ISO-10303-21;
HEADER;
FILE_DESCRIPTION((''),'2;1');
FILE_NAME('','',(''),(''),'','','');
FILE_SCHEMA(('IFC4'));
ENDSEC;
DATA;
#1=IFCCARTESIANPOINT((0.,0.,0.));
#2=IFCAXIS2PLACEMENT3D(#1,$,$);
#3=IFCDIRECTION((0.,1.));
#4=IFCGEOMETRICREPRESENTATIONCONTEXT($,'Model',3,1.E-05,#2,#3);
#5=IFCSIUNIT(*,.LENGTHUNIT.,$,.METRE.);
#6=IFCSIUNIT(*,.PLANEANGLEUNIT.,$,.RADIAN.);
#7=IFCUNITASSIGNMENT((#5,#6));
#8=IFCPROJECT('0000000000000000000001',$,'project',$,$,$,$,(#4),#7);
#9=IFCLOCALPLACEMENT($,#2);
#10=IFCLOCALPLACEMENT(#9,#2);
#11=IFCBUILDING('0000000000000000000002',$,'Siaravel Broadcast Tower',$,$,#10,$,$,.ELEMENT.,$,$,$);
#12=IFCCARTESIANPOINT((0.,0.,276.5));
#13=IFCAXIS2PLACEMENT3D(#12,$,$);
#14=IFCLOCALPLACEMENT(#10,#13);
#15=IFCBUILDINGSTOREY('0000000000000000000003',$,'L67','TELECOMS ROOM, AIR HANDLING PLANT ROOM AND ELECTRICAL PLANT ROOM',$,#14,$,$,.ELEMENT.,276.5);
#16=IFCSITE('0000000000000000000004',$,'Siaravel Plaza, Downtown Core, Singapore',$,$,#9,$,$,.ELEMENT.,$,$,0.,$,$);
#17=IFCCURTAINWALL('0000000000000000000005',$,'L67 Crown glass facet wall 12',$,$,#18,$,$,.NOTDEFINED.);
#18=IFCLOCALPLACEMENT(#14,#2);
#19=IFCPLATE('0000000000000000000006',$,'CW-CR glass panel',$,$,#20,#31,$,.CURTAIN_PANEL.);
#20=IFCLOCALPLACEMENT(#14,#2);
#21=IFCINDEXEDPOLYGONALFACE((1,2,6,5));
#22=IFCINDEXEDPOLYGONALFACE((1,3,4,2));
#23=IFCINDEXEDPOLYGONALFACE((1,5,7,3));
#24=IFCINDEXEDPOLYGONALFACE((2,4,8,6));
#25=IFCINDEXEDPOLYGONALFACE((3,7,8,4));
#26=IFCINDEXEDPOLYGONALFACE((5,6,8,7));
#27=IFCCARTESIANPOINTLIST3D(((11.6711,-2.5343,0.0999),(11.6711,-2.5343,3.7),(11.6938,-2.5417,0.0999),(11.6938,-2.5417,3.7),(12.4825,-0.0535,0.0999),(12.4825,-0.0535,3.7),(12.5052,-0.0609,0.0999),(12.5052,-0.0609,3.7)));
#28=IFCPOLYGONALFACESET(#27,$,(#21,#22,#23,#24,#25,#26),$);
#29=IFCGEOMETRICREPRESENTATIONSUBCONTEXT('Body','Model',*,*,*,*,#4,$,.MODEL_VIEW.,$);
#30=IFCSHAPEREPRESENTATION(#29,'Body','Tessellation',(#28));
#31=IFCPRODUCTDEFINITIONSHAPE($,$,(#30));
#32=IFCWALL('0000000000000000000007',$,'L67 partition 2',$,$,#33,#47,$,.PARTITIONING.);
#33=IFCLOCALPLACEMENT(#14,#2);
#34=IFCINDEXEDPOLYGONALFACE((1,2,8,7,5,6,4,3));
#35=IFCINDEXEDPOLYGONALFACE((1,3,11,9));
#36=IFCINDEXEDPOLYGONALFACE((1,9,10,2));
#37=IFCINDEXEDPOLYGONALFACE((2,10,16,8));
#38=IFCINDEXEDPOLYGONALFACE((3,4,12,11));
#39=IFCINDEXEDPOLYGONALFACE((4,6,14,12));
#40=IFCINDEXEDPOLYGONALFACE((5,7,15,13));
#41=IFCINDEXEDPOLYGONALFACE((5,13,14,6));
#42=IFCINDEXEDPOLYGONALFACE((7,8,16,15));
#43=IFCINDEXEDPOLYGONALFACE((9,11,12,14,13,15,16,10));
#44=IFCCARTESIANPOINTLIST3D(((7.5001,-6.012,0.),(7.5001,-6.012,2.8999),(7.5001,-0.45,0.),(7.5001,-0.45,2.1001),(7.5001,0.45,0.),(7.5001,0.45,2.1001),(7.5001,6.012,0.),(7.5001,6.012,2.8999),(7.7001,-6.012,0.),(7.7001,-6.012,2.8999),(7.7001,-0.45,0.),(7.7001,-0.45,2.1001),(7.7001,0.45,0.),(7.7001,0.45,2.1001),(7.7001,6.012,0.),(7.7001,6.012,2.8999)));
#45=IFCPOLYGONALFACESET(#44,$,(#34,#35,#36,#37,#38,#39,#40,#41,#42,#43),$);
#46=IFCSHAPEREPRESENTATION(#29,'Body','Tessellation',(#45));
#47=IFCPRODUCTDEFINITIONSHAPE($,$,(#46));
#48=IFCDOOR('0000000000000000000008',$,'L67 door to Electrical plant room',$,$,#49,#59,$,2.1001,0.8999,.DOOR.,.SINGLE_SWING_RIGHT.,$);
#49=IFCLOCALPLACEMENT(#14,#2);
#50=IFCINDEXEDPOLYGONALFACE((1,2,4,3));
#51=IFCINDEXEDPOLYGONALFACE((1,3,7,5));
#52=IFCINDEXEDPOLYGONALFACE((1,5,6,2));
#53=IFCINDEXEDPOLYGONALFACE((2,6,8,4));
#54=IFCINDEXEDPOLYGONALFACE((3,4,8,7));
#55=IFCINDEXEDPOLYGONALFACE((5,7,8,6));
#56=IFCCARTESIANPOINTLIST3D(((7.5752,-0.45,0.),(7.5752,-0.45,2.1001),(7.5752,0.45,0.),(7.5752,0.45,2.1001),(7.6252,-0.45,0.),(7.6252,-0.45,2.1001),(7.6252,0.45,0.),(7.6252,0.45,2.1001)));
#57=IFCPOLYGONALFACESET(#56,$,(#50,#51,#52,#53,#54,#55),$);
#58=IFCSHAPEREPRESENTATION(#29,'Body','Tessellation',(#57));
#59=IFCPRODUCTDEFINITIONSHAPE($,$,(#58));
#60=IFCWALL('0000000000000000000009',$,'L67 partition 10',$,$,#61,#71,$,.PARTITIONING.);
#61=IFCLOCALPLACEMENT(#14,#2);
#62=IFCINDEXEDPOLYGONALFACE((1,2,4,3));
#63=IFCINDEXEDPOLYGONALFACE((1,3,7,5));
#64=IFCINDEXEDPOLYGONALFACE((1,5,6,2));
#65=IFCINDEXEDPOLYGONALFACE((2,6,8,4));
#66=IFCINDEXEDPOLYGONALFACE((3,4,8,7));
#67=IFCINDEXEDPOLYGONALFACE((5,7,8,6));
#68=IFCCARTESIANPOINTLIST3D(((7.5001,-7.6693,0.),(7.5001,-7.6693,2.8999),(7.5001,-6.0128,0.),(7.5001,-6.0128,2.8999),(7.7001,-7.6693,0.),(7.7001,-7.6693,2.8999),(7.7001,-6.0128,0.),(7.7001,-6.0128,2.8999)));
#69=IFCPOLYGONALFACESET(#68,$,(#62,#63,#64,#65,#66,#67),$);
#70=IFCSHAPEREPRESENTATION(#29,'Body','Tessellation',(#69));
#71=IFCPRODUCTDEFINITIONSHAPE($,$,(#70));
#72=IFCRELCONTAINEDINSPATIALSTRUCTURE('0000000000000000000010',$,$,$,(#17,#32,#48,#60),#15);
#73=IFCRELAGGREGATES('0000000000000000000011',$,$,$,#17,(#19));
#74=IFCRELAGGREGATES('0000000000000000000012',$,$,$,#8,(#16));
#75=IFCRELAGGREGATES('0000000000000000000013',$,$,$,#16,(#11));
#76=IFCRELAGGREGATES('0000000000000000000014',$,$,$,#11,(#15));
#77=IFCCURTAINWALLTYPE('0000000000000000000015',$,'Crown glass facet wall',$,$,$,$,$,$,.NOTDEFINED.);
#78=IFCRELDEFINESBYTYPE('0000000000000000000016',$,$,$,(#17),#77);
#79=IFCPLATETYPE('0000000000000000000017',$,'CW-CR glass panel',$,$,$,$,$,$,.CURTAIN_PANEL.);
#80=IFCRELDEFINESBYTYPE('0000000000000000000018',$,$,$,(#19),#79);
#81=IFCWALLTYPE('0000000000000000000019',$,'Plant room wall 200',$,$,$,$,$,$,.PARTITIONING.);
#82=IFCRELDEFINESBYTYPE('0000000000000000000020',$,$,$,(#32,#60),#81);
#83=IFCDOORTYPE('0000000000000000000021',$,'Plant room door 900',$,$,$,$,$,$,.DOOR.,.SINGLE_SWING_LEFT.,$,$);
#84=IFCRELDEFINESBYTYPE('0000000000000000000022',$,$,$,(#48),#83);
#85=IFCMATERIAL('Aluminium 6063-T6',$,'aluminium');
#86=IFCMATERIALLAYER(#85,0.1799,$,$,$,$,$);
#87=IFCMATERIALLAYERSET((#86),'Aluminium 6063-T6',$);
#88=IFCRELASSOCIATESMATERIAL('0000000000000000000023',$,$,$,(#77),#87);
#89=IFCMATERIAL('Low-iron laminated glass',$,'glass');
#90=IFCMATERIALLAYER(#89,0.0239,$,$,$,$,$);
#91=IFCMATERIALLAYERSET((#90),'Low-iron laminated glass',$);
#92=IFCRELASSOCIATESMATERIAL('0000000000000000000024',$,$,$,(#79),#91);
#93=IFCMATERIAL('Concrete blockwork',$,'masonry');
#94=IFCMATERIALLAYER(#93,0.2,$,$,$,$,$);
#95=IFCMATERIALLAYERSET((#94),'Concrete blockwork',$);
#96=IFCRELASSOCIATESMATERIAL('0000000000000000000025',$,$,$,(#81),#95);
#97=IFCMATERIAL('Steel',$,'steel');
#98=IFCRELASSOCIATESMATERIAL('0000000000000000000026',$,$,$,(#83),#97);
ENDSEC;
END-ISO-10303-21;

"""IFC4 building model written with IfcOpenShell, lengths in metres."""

from ifc_helpers import new_model, si_unit, direction, frame, frame_2d, origin, origin_2d, place, context, subcontext, project, spatial, rectangle, extrude, material, layer, layer_set, type_object, element, fill, aggregate, save


model = new_model("IFC4")

# Units and contexts
model_context = context("Model", 3, precision=1e-05, world=origin(), true_north=direction((0.0, 1.0)))
body_context = subcontext(model_context, "Body", "Model", "MODEL_VIEW")
ifc_project = project(units=[si_unit("LENGTHUNIT", "METRE"), si_unit("PLANEANGLEUNIT", "RADIAN")], contexts=[model_context])

# Site, building, storey
site_placement = place(None, origin())
site = spatial("IfcSite", under=ifc_project, at=site_placement, Name="Siaravel Plaza, Downtown Core, Singapore", CompositionType="ELEMENT", RefElevation=0.0)
building_placement = place(site_placement, origin())
building = spatial("IfcBuilding", under=site, at=building_placement, Name="Siaravel Broadcast Tower", CompositionType="ELEMENT")
storey_placement = place(building_placement, frame((0.0, 0.0, 276.5)))
storey = spatial("IfcBuildingStorey", under=building, at=storey_placement, Name="L67", Description="TELECOMS ROOM, AIR HANDLING PLANT ROOM AND ELECTRICAL PLANT ROOM", CompositionType="ELEMENT", Elevation=276.5)

# Curtain wall
ifc_material_1 = material(Name="Aluminium 6063-T6", Category="aluminium")
ifc_layer_1 = layer(ifc_material_1, 0.1799)
ifc_layer_set_1 = layer_set([ifc_layer_1], Name="Aluminium 6063-T6")
curtain_wall_type = type_object("IfcCurtainWallType", Name="Crown glass facet wall", PredefinedType="NOTDEFINED", material=ifc_layer_set_1)
curtain_wall_1_placement = place(storey_placement, origin())
curtain_wall_1 = element("IfcCurtainWall", 1, at=curtain_wall_1_placement, inside=storey, type_object=curtain_wall_type, Name="L67 Crown glass facet wall 12", PredefinedType="NOTDEFINED")

# Plate
ifc_material_2 = material(Name="Low-iron laminated glass", Category="glass")
ifc_layer_2 = layer(ifc_material_2, 0.0239)
ifc_layer_set_2 = layer_set([ifc_layer_2], Name="Low-iron laminated glass")
plate_type = type_object("IfcPlateType", Name="CW-CR glass panel", PredefinedType="CURTAIN_PANEL", material=ifc_layer_set_2)
plate_1_placement = place(storey_placement, frame((12.0881, -1.2976, 0.0999), z_axis=(0.0, 0.0, 1.0), x_axis=(0.31086, 0.950456, 0.0)))
plate_1 = element("IfcPlate", 2, at=plate_1_placement, type_object=plate_type, Name="CW-CR glass panel", PredefinedType="CURTAIN_PANEL", context=body_context, shape_type="SweptSolid", body=[
    extrude(rectangle(XDim=2.6101, YDim=0.0239, at=origin_2d()), origin(), (0.0, 0.0, 1.0), 3.6001),
])
aggregate(curtain_wall_1, [plate_1])

# Wall, opening, door
ifc_material_3 = material(Name="Concrete blockwork", Category="masonry")
ifc_layer_3 = layer(ifc_material_3, 0.2)
ifc_layer_set_3 = layer_set([ifc_layer_3], Name="Concrete blockwork")
wall_type = type_object("IfcWallType", Name="Plant room wall 200", PredefinedType="PARTITIONING", material=ifc_layer_set_3)
wall_1_placement = place(storey_placement, frame((7.6001, -6.012, 0.0), z_axis=(0.0, 0.0, 1.0), x_axis=(0.0, 1.0, 0.0)))
wall_1 = element("IfcWall", 3, at=wall_1_placement, inside=storey, type_object=wall_type, Name="L67 partition 2", PredefinedType="PARTITIONING", context=body_context, shape_type="SweptSolid", body=[
    extrude(rectangle(XDim=12.0239, YDim=0.2, at=frame_2d((6.012, 0.0))), origin(), (0.0, 0.0, 1.0), 2.8999),
])
opening_placement = place(wall_1_placement, frame((5.562, 0.0, 0.0)))
opening = element("IfcOpeningElement", 4, at=opening_placement, cuts=wall_1, PredefinedType="OPENING", context=body_context, shape_type="SweptSolid", body=[
    extrude(rectangle(XDim=0.8999, YDim=2.1001, at=frame_2d((0.45, 1.05))), frame((0.0, 0.1099, 0.0), z_axis=(0.0, -1.0, 0.0), x_axis=(1.0, 0.0, 0.0)), (0.0, 0.0, 1.0), 0.22),
])
ifc_material_4 = material(Name="Steel", Category="steel")
door_type = type_object("IfcDoorType", Name="Plant room door 900", OperationType="SINGLE_SWING_LEFT", PredefinedType="DOOR", material=ifc_material_4)
door_placement = place(opening_placement, origin())
door = element("IfcDoor", 5, at=door_placement, inside=storey, type_object=door_type, Name="L67 door to Electrical plant room", OperationType="SINGLE_SWING_RIGHT", OverallHeight=2.1001, OverallWidth=0.8999, PredefinedType="DOOR", context=body_context, shape_type="SweptSolid", body=[
    extrude(rectangle(XDim=0.8999, YDim=2.1001, at=frame_2d((0.45, 1.05))), frame((0.0, 0.0249, 0.0), z_axis=(0.0, -1.0, 0.0), x_axis=(1.0, 0.0, 0.0)), (0.0, 0.0, 1.0), 0.05),
])
fill(opening, door)

# Wall
wall_2_placement = place(storey_placement, frame((7.6001, -6.0129, 0.0), z_axis=(0.0, 0.0, 1.0), x_axis=(0.0, -1.0, 0.0)))
element("IfcWall", 6, at=wall_2_placement, inside=storey, type_object=wall_type, Name="L67 partition 10", PredefinedType="PARTITIONING", context=body_context, shape_type="SweptSolid", body=[
    extrude(rectangle(XDim=1.6565, YDim=0.2, at=frame_2d((0.8281, 0.0))), origin(), (0.0, 0.0, 1.0), 2.8999),
])

save(model, "model.ifc")
